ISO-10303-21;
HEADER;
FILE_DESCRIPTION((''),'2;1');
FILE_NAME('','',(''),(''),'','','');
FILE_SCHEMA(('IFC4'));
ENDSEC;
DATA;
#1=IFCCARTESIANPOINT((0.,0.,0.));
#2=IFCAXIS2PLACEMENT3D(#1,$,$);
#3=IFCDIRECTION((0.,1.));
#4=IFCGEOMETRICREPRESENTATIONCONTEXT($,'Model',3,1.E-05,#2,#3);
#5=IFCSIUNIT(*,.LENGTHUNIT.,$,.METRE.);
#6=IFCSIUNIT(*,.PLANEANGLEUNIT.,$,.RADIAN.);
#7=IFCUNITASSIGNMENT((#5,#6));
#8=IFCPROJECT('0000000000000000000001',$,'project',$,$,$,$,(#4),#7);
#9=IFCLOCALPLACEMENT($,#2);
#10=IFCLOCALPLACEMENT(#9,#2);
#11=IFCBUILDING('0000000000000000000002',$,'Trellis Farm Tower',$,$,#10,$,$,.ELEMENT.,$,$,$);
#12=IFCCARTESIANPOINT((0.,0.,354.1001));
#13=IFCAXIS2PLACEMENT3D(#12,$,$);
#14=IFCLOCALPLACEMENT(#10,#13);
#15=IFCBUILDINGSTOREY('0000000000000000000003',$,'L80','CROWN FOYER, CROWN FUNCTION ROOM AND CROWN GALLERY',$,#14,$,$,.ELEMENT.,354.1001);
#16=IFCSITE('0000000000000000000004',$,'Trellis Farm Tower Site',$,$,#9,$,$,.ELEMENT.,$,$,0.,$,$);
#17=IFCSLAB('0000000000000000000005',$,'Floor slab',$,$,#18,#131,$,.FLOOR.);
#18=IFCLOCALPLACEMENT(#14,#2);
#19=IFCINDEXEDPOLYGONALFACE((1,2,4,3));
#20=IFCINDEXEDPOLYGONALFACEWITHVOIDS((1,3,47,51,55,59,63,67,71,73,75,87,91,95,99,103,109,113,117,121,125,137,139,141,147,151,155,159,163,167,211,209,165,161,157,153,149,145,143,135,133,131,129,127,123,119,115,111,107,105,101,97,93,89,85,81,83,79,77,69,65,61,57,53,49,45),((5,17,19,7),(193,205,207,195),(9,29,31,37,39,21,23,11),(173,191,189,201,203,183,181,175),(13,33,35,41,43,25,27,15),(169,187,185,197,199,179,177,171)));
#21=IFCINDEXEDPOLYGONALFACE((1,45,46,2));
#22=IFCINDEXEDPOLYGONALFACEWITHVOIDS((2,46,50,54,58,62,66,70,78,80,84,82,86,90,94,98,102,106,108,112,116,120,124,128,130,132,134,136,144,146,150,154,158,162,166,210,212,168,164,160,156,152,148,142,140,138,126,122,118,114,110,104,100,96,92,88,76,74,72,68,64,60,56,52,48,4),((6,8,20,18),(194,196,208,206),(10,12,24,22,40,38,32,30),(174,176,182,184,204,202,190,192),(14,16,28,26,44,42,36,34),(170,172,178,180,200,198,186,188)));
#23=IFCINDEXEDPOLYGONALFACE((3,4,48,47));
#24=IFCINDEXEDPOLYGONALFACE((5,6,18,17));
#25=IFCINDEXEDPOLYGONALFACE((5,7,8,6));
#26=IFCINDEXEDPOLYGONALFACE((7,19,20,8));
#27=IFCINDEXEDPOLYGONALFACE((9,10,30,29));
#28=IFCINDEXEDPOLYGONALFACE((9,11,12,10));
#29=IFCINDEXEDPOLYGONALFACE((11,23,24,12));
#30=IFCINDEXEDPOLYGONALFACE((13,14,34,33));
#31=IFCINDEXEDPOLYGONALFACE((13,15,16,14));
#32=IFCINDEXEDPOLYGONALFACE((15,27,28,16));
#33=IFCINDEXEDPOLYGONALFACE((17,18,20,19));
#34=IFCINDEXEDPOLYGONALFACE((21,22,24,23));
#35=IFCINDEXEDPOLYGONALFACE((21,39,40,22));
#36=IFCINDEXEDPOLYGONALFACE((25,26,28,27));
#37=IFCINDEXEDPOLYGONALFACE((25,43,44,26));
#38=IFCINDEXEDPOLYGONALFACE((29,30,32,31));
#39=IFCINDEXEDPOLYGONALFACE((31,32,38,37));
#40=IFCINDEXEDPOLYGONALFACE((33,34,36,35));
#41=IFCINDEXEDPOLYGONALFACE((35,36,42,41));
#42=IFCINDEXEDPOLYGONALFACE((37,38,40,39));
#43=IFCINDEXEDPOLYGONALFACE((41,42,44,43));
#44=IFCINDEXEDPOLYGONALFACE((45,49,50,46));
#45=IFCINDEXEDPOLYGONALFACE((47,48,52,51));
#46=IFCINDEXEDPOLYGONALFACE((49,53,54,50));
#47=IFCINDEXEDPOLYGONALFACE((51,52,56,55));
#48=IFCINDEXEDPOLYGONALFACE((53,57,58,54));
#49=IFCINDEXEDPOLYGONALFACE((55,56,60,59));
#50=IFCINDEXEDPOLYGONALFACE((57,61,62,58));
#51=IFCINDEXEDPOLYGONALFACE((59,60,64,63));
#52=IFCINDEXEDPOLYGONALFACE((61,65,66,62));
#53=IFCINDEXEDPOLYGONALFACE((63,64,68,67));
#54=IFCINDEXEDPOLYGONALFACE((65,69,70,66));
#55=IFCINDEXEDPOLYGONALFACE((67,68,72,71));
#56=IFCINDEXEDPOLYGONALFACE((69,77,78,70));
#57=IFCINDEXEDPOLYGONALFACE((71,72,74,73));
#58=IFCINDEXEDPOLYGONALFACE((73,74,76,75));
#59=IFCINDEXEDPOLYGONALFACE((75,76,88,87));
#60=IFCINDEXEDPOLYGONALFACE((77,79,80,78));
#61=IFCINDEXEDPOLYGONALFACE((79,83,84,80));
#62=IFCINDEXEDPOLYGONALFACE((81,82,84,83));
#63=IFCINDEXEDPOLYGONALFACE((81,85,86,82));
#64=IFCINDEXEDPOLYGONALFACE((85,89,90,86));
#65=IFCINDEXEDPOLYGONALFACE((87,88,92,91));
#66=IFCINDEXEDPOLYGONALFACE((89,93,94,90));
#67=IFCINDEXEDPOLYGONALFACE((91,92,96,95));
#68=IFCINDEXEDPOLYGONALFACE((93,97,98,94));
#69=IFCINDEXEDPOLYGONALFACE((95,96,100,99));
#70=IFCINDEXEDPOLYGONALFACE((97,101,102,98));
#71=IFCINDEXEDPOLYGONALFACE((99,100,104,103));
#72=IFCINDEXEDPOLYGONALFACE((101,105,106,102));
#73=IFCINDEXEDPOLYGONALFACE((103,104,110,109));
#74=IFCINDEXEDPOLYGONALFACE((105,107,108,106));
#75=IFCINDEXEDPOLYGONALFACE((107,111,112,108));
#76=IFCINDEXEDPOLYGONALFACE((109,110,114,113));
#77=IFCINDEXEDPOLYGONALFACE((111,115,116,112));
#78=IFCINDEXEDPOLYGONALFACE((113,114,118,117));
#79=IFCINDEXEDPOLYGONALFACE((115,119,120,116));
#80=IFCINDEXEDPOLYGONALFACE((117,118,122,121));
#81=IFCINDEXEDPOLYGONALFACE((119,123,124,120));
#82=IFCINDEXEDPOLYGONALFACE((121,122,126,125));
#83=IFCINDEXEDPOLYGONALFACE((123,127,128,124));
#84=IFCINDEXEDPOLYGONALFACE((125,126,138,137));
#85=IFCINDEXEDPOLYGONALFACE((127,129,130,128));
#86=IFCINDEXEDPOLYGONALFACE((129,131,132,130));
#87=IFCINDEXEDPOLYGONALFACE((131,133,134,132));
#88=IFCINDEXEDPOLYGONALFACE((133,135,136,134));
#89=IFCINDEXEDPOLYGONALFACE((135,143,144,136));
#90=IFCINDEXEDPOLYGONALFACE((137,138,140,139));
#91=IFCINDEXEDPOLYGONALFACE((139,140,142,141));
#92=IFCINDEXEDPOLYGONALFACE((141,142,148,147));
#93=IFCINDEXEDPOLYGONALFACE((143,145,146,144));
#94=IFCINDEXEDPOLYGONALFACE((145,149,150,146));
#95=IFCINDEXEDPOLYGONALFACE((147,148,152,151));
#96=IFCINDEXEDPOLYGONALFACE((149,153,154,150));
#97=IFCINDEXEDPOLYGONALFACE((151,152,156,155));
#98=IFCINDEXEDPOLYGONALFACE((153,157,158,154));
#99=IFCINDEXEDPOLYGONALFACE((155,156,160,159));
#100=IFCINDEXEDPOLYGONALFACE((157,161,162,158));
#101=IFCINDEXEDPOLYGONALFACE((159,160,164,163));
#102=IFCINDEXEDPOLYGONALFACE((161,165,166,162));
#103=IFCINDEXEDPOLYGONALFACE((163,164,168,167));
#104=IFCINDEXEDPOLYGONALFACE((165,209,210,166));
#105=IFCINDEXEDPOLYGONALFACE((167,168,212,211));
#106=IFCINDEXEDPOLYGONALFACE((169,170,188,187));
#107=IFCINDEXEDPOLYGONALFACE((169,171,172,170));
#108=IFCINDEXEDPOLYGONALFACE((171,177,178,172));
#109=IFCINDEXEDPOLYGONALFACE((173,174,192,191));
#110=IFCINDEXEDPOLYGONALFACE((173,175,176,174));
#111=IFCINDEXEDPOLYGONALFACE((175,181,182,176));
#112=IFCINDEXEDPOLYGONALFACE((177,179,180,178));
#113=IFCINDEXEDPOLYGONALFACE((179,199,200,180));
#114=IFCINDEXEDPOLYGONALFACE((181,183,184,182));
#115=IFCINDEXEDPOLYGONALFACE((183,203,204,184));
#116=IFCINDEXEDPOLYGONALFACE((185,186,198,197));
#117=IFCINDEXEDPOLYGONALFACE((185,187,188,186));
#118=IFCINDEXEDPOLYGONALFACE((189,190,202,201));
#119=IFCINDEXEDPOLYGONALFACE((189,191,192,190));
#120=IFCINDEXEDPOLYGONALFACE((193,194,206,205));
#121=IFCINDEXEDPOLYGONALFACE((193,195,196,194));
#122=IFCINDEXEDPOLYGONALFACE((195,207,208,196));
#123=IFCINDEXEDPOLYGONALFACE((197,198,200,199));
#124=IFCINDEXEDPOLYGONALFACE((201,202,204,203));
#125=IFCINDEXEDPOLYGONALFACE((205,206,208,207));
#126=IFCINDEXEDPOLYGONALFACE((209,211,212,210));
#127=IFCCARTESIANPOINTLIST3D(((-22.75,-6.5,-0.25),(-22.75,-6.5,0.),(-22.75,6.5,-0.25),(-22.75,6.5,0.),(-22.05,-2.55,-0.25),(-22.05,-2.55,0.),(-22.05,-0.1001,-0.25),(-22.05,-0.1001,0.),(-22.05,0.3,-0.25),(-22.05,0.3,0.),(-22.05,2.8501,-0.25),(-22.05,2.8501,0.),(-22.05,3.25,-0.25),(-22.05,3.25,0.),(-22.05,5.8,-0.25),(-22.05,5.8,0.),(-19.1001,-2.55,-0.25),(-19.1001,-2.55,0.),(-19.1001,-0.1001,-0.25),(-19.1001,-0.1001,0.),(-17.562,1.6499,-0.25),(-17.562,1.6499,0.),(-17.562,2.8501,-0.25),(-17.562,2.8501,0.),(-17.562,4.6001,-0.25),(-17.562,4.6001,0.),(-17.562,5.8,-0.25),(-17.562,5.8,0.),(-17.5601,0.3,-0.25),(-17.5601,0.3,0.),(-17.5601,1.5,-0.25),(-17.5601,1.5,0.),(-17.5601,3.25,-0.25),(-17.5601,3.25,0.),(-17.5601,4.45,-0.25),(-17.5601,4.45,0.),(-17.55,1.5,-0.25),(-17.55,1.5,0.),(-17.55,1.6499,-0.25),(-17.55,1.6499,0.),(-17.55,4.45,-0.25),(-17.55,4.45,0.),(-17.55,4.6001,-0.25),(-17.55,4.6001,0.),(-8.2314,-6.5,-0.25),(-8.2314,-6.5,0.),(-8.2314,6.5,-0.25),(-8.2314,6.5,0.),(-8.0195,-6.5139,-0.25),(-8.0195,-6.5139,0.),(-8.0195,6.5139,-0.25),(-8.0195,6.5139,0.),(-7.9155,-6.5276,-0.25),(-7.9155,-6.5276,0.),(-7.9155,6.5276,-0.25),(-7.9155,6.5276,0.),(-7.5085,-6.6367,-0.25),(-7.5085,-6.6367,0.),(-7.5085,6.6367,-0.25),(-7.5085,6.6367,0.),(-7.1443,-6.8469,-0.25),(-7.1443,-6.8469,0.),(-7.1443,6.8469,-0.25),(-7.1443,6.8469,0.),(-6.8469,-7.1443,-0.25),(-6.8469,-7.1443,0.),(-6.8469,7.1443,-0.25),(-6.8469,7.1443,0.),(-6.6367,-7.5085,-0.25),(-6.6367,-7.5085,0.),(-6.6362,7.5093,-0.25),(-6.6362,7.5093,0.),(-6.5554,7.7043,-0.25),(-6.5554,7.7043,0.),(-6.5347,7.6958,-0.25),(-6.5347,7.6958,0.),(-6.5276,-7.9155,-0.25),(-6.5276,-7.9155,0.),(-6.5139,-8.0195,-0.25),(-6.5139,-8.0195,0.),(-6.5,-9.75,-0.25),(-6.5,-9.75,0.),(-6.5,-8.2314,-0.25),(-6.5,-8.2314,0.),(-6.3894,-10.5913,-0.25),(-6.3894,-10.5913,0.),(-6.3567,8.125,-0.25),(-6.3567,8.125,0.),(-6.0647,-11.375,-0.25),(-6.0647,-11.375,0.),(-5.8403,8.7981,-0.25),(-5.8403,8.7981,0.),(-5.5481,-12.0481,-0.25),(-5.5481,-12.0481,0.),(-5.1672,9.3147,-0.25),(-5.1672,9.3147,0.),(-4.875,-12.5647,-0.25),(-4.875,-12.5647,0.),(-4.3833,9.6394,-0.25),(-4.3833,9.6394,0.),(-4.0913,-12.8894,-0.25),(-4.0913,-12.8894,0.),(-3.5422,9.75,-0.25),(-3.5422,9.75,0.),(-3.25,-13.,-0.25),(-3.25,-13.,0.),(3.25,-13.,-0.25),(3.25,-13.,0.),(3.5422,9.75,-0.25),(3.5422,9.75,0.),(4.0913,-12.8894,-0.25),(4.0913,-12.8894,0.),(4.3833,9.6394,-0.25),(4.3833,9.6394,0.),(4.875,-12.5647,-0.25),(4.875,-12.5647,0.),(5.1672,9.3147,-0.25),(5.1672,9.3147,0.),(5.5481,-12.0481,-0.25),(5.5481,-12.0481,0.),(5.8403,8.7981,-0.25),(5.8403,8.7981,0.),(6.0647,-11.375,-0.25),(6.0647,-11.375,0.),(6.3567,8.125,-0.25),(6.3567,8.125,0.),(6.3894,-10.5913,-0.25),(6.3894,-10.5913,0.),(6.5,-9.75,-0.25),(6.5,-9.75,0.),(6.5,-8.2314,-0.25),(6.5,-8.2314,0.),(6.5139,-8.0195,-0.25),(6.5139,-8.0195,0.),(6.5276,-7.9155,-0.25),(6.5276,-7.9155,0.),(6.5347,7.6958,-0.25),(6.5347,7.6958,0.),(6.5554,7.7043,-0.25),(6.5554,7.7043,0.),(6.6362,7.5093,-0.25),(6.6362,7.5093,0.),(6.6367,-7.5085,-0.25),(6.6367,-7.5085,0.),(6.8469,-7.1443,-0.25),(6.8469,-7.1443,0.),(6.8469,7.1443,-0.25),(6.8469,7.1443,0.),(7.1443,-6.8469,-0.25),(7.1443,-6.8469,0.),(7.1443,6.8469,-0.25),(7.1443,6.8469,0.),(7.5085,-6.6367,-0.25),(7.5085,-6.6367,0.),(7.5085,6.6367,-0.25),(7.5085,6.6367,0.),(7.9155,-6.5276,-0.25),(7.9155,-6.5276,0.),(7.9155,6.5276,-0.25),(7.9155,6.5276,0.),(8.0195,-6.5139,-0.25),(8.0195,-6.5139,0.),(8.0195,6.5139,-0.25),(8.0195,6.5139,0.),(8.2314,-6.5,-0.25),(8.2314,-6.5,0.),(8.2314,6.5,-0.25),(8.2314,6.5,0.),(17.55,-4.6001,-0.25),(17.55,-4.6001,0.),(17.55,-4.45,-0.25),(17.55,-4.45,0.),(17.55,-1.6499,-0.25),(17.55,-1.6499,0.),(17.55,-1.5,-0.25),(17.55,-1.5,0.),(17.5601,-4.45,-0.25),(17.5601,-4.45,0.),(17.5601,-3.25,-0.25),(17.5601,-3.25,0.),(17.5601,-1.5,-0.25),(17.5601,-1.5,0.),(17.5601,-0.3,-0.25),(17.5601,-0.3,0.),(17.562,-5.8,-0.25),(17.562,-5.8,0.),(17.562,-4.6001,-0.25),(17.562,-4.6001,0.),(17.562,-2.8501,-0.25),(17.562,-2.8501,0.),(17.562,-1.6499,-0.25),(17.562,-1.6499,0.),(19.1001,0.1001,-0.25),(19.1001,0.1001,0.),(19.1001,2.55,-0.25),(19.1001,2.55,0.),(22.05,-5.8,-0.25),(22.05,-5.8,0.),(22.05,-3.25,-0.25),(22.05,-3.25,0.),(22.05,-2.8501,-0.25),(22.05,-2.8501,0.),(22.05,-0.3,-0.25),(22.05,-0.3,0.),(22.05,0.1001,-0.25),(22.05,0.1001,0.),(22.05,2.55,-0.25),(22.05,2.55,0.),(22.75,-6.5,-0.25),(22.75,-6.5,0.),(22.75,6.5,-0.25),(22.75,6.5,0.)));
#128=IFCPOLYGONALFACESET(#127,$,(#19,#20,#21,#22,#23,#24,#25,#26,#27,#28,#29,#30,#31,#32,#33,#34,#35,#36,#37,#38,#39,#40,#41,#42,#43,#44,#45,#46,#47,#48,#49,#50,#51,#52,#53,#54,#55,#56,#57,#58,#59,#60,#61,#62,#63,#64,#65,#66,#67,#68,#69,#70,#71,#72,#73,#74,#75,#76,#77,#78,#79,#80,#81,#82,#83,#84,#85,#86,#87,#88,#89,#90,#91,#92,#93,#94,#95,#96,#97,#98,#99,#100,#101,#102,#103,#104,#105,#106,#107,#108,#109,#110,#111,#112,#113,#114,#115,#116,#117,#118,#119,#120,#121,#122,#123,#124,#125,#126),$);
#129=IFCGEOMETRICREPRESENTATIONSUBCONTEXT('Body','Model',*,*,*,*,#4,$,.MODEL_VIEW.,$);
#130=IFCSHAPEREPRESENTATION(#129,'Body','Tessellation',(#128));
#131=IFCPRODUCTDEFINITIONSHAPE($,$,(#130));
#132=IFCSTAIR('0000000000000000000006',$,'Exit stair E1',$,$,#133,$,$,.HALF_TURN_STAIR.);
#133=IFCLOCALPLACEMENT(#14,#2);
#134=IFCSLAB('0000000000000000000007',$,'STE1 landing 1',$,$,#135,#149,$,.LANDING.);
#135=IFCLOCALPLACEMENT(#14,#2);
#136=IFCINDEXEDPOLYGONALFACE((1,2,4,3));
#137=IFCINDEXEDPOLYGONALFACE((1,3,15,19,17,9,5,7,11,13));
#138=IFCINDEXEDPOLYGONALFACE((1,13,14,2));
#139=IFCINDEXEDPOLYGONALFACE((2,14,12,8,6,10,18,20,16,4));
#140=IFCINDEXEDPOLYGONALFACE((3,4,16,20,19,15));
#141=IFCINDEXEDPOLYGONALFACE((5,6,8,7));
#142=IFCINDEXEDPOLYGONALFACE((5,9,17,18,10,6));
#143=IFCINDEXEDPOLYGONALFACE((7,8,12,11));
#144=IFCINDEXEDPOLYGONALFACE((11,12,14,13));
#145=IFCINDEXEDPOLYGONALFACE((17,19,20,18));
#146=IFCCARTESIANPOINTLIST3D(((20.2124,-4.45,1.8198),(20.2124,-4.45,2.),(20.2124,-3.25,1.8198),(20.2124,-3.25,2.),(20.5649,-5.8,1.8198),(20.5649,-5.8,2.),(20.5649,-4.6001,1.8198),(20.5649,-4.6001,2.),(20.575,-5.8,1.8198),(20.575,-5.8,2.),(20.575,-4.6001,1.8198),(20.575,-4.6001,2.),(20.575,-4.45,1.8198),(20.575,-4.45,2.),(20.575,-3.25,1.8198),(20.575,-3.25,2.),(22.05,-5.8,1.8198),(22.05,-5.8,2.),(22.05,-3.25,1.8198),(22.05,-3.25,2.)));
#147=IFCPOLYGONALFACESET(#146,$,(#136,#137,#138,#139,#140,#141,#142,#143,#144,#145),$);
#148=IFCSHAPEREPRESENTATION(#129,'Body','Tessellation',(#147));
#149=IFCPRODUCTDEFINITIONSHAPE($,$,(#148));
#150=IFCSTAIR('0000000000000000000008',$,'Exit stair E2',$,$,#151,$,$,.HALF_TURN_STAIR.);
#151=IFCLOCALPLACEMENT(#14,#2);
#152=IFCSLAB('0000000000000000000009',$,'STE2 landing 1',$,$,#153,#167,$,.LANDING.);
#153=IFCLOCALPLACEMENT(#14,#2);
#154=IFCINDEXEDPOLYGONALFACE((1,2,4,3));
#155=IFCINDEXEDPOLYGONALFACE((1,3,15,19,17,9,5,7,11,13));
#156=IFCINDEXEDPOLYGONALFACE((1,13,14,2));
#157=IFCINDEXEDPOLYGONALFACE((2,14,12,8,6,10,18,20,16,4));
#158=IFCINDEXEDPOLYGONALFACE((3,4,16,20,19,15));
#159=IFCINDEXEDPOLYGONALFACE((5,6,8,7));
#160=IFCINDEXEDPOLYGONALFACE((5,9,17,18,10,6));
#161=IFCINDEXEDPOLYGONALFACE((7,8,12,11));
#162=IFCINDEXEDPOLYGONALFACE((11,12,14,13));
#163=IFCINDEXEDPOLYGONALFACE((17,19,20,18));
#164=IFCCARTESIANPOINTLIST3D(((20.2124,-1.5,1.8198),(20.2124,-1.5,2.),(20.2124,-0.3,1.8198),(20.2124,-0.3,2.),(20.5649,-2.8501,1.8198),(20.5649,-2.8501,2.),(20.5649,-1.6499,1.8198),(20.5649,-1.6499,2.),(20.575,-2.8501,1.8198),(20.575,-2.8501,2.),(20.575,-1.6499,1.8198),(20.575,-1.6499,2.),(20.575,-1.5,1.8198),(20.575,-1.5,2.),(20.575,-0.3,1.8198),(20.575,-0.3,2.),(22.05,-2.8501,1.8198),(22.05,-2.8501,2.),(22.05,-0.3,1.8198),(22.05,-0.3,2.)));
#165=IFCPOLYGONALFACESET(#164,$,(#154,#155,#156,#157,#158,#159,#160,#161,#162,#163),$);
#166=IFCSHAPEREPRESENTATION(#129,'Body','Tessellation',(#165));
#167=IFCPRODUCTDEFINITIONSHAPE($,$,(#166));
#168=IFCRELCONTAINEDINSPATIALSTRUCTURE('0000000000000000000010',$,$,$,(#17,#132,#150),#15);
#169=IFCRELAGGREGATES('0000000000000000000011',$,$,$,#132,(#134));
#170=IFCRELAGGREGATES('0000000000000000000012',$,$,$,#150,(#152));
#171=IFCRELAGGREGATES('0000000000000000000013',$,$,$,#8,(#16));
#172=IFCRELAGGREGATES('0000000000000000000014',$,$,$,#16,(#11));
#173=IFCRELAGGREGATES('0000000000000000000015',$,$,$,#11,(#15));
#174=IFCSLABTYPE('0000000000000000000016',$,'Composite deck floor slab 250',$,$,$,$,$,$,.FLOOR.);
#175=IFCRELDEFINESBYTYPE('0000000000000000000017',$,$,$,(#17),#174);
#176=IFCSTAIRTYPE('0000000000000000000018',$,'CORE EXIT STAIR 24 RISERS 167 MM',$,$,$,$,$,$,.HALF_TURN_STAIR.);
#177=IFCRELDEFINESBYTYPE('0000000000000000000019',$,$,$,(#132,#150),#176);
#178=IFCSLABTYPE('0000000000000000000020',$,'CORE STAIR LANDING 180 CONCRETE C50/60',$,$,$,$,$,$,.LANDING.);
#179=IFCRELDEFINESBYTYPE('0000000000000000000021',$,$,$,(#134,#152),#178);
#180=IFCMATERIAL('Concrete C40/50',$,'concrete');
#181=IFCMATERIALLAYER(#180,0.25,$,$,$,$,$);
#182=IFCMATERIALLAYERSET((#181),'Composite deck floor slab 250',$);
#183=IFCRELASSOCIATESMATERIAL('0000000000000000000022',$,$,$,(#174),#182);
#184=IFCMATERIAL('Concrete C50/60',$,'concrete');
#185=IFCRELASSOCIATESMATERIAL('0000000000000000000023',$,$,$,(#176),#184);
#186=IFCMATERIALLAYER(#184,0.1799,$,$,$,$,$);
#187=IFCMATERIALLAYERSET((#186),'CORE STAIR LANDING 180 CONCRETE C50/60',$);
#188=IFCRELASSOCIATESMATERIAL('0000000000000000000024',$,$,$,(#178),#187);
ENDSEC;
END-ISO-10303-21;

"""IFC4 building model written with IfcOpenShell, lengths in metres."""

from ifc_helpers import new_model, si_unit, direction, frame, origin, place, context, subcontext, project, spatial, polyline, outline, extrude, source, transform, mapped, material, layer, layer_set, type_object, element, aggregate, save


model = new_model("IFC4")

# Units and contexts
model_context = context("Model", 3, precision=1e-05, world=origin(), true_north=direction((0.0, 1.0)))
body_context = subcontext(model_context, "Body", "Model", "MODEL_VIEW")
ifc_project = project(units=[si_unit("LENGTHUNIT", "METRE"), si_unit("PLANEANGLEUNIT", "RADIAN")], contexts=[model_context])

# Site, building, storey
site_placement = place(None, origin())
site = spatial("IfcSite", under=ifc_project, at=site_placement, Name="Trellis Farm Tower Site", CompositionType="ELEMENT", RefElevation=0.0)
building_placement = place(site_placement, origin())
building = spatial("IfcBuilding", under=site, at=building_placement, Name="Trellis Farm Tower", CompositionType="ELEMENT")
storey_placement = place(building_placement, frame((0.0, 0.0, 354.1001)))
storey = spatial("IfcBuildingStorey", under=building, at=storey_placement, Name="L80", Description="CROWN FOYER, CROWN FUNCTION ROOM AND CROWN GALLERY", CompositionType="ELEMENT", Elevation=354.1001)

# Shared definitions
ifc_material_1 = material(Name="Concrete C50/60", Category="concrete")

# Shared definitions
placement_1 = place(storey_placement, origin())

# Slab
ifc_material_2 = material(Name="Concrete C40/50", Category="concrete")
placement_2 = place(storey_placement, frame((0.0, 0.0, -0.25)))
ifc_layer_1 = layer(ifc_material_2, 0.25)
ifc_layer_set_1 = layer_set([ifc_layer_1], Name="Composite deck floor slab 250")
slab_type_1 = type_object("IfcSlabType", Name="Composite deck floor slab 250", PredefinedType="FLOOR", material=ifc_layer_set_1)
shared_shape_1 = source(origin(), body_context, "Body", "SweptSolid", [
    extrude(outline(polyline([(-22.75, 6.5), (-8.2314, 6.5), (-8.0195, 6.5139), (-7.9155, 6.5276), (-7.5085, 6.6367), (-7.1443, 6.8469), (-6.8469, 7.1443), (-6.6362, 7.5093), (-6.5554, 7.7043), (-6.5347, 7.6958), (-6.3567, 8.125), (-5.8403, 8.7981), (-5.1672, 9.3147), (-4.3833, 9.6394), (-3.5422, 9.75), (3.5422, 9.75), (4.3833, 9.6394), (5.1672, 9.3147), (5.8403, 8.7981), (6.3567, 8.125), (6.5347, 7.6958), (6.5554, 7.7043), (6.6362, 7.5093), (6.8469, 7.1443), (7.1443, 6.8469), (7.5085, 6.6367), (7.9155, 6.5276), (8.0195, 6.5139), (8.2314, 6.5), (22.75, 6.5), (22.75, -6.5), (8.2314, -6.5), (8.0195, -6.5139), (7.9155, -6.5276), (7.5085, -6.6367), (7.1443, -6.8469), (6.8469, -7.1443), (6.6367, -7.5085), (6.5276, -7.9155), (6.5139, -8.0195), (6.5, -8.2314), (6.5, -9.75), (6.3894, -10.5913), (6.0647, -11.375), (5.5481, -12.0481), (4.875, -12.5647), (4.0913, -12.8894), (3.25, -13.0), (-3.25, -13.0), (-4.0913, -12.8894), (-4.875, -12.5647), (-5.5481, -12.0481), (-6.0647, -11.375), (-6.3894, -10.5913), (-6.5, -9.75), (-6.5, -8.2314), (-6.5139, -8.0195), (-6.5276, -7.9155), (-6.6367, -7.5085), (-6.8469, -7.1443), (-7.1443, -6.8469), (-7.5085, -6.6367), (-7.9155, -6.5276), (-8.0195, -6.5139), (-8.2314, -6.5), (-22.75, -6.5), (-22.75, 6.5)]), holes=[polyline([(22.05, -5.8), (22.05, -3.25), (17.5601, -3.25), (17.5601, -4.45), (17.55, -4.45), (17.55, -4.6001), (17.562, -4.6001), (17.562, -5.8), (22.05, -5.8)]), polyline([(17.562, -2.8501), (22.05, -2.8501), (22.05, -0.3), (17.5601, -0.3), (17.5601, -1.5), (17.55, -1.5), (17.55, -1.6499), (17.562, -1.6499), (17.562, -2.8501)]), polyline([(-22.05, -2.55), (-19.1001, -2.55), (-19.1001, -0.1001), (-22.05, -0.1001), (-22.05, -2.55)]), polyline([(19.1001, 2.55), (19.1001, 0.1001), (22.05, 0.1001), (22.05, 2.55), (19.1001, 2.55)]), polyline([(-17.562, 2.8501), (-22.05, 2.8501), (-22.05, 0.3), (-17.5601, 0.3), (-17.5601, 1.5), (-17.55, 1.5), (-17.55, 1.6499), (-17.562, 1.6499), (-17.562, 2.8501)]), polyline([(-17.562, 5.8), (-22.05, 5.8), (-22.05, 3.25), (-17.5601, 3.25), (-17.5601, 4.45), (-17.55, 4.45), (-17.55, 4.6001), (-17.562, 4.6001), (-17.562, 5.8)])]), origin(), (0.0, 0.0, 1.0), 0.25),
])
element("IfcSlab", 1, at=placement_2, inside=storey, type_object=slab_type_1, Name="Floor slab", PredefinedType="FLOOR", context=body_context, shape_type="MappedRepresentation", body=[
    mapped(shared_shape_1, transform((0.0, 0.0, 0.0))),
])

# Stairs, slabs
stair_type = type_object("IfcStairType", Name="CORE EXIT STAIR 24 RISERS 167 MM", PredefinedType="HALF_TURN_STAIR", material=ifc_material_1)
stair_1 = element("IfcStair", 2, at=placement_1, inside=storey, type_object=stair_type, Name="Exit stair E1", PredefinedType="HALF_TURN_STAIR")
ifc_layer_2 = layer(ifc_material_1, 0.1799)
ifc_layer_set_2 = layer_set([ifc_layer_2], Name="CORE STAIR LANDING 180 CONCRETE C50/60")
slab_type_2 = type_object("IfcSlabType", Name="CORE STAIR LANDING 180 CONCRETE C50/60", PredefinedType="LANDING", material=ifc_layer_set_2)
shared_shape_2 = source(origin(), body_context, "Body", "SweptSolid", [
    extrude(outline(polyline([(20.5649, -5.8), (20.5649, -4.6001), (20.575, -4.6001), (20.575, -4.45), (20.2124, -4.45), (20.2124, -3.25), (20.575, -3.25), (22.05, -3.25), (22.05, -5.8), (20.575, -5.8), (20.5649, -5.8)])), origin(), (0.0, 0.0, 1.0), 0.1802),
])
placement_3 = place(storey_placement, frame((0.0, 0.0, 1.8198)))
slab_1 = element("IfcSlab", 3, at=placement_3, type_object=slab_type_2, Name="STE1 landing 1", PredefinedType="LANDING", context=body_context, shape_type="MappedRepresentation", body=[
    mapped(shared_shape_2, transform((0.0, 0.0, 0.0))),
])
aggregate(stair_1, [slab_1])
stair_2 = element("IfcStair", 4, at=placement_1, inside=storey, type_object=stair_type, Name="Exit stair E2", PredefinedType="HALF_TURN_STAIR")
shared_shape_3 = source(origin(), body_context, "Body", "SweptSolid", [
    extrude(outline(polyline([(20.5649, -2.8501), (20.5649, -1.6499), (20.575, -1.6499), (20.575, -1.5), (20.2124, -1.5), (20.2124, -0.3), (20.575, -0.3), (22.05, -0.3), (22.05, -2.8501), (20.575, -2.8501), (20.5649, -2.8501)])), origin(), (0.0, 0.0, 1.0), 0.1802),
])
slab_2 = element("IfcSlab", 5, at=placement_3, type_object=slab_type_2, Name="STE2 landing 1", PredefinedType="LANDING", context=body_context, shape_type="MappedRepresentation", body=[
    mapped(shared_shape_3, transform((0.0, 0.0, 0.0))),
])
aggregate(stair_2, [slab_2])

save(model, "model.ifc")
